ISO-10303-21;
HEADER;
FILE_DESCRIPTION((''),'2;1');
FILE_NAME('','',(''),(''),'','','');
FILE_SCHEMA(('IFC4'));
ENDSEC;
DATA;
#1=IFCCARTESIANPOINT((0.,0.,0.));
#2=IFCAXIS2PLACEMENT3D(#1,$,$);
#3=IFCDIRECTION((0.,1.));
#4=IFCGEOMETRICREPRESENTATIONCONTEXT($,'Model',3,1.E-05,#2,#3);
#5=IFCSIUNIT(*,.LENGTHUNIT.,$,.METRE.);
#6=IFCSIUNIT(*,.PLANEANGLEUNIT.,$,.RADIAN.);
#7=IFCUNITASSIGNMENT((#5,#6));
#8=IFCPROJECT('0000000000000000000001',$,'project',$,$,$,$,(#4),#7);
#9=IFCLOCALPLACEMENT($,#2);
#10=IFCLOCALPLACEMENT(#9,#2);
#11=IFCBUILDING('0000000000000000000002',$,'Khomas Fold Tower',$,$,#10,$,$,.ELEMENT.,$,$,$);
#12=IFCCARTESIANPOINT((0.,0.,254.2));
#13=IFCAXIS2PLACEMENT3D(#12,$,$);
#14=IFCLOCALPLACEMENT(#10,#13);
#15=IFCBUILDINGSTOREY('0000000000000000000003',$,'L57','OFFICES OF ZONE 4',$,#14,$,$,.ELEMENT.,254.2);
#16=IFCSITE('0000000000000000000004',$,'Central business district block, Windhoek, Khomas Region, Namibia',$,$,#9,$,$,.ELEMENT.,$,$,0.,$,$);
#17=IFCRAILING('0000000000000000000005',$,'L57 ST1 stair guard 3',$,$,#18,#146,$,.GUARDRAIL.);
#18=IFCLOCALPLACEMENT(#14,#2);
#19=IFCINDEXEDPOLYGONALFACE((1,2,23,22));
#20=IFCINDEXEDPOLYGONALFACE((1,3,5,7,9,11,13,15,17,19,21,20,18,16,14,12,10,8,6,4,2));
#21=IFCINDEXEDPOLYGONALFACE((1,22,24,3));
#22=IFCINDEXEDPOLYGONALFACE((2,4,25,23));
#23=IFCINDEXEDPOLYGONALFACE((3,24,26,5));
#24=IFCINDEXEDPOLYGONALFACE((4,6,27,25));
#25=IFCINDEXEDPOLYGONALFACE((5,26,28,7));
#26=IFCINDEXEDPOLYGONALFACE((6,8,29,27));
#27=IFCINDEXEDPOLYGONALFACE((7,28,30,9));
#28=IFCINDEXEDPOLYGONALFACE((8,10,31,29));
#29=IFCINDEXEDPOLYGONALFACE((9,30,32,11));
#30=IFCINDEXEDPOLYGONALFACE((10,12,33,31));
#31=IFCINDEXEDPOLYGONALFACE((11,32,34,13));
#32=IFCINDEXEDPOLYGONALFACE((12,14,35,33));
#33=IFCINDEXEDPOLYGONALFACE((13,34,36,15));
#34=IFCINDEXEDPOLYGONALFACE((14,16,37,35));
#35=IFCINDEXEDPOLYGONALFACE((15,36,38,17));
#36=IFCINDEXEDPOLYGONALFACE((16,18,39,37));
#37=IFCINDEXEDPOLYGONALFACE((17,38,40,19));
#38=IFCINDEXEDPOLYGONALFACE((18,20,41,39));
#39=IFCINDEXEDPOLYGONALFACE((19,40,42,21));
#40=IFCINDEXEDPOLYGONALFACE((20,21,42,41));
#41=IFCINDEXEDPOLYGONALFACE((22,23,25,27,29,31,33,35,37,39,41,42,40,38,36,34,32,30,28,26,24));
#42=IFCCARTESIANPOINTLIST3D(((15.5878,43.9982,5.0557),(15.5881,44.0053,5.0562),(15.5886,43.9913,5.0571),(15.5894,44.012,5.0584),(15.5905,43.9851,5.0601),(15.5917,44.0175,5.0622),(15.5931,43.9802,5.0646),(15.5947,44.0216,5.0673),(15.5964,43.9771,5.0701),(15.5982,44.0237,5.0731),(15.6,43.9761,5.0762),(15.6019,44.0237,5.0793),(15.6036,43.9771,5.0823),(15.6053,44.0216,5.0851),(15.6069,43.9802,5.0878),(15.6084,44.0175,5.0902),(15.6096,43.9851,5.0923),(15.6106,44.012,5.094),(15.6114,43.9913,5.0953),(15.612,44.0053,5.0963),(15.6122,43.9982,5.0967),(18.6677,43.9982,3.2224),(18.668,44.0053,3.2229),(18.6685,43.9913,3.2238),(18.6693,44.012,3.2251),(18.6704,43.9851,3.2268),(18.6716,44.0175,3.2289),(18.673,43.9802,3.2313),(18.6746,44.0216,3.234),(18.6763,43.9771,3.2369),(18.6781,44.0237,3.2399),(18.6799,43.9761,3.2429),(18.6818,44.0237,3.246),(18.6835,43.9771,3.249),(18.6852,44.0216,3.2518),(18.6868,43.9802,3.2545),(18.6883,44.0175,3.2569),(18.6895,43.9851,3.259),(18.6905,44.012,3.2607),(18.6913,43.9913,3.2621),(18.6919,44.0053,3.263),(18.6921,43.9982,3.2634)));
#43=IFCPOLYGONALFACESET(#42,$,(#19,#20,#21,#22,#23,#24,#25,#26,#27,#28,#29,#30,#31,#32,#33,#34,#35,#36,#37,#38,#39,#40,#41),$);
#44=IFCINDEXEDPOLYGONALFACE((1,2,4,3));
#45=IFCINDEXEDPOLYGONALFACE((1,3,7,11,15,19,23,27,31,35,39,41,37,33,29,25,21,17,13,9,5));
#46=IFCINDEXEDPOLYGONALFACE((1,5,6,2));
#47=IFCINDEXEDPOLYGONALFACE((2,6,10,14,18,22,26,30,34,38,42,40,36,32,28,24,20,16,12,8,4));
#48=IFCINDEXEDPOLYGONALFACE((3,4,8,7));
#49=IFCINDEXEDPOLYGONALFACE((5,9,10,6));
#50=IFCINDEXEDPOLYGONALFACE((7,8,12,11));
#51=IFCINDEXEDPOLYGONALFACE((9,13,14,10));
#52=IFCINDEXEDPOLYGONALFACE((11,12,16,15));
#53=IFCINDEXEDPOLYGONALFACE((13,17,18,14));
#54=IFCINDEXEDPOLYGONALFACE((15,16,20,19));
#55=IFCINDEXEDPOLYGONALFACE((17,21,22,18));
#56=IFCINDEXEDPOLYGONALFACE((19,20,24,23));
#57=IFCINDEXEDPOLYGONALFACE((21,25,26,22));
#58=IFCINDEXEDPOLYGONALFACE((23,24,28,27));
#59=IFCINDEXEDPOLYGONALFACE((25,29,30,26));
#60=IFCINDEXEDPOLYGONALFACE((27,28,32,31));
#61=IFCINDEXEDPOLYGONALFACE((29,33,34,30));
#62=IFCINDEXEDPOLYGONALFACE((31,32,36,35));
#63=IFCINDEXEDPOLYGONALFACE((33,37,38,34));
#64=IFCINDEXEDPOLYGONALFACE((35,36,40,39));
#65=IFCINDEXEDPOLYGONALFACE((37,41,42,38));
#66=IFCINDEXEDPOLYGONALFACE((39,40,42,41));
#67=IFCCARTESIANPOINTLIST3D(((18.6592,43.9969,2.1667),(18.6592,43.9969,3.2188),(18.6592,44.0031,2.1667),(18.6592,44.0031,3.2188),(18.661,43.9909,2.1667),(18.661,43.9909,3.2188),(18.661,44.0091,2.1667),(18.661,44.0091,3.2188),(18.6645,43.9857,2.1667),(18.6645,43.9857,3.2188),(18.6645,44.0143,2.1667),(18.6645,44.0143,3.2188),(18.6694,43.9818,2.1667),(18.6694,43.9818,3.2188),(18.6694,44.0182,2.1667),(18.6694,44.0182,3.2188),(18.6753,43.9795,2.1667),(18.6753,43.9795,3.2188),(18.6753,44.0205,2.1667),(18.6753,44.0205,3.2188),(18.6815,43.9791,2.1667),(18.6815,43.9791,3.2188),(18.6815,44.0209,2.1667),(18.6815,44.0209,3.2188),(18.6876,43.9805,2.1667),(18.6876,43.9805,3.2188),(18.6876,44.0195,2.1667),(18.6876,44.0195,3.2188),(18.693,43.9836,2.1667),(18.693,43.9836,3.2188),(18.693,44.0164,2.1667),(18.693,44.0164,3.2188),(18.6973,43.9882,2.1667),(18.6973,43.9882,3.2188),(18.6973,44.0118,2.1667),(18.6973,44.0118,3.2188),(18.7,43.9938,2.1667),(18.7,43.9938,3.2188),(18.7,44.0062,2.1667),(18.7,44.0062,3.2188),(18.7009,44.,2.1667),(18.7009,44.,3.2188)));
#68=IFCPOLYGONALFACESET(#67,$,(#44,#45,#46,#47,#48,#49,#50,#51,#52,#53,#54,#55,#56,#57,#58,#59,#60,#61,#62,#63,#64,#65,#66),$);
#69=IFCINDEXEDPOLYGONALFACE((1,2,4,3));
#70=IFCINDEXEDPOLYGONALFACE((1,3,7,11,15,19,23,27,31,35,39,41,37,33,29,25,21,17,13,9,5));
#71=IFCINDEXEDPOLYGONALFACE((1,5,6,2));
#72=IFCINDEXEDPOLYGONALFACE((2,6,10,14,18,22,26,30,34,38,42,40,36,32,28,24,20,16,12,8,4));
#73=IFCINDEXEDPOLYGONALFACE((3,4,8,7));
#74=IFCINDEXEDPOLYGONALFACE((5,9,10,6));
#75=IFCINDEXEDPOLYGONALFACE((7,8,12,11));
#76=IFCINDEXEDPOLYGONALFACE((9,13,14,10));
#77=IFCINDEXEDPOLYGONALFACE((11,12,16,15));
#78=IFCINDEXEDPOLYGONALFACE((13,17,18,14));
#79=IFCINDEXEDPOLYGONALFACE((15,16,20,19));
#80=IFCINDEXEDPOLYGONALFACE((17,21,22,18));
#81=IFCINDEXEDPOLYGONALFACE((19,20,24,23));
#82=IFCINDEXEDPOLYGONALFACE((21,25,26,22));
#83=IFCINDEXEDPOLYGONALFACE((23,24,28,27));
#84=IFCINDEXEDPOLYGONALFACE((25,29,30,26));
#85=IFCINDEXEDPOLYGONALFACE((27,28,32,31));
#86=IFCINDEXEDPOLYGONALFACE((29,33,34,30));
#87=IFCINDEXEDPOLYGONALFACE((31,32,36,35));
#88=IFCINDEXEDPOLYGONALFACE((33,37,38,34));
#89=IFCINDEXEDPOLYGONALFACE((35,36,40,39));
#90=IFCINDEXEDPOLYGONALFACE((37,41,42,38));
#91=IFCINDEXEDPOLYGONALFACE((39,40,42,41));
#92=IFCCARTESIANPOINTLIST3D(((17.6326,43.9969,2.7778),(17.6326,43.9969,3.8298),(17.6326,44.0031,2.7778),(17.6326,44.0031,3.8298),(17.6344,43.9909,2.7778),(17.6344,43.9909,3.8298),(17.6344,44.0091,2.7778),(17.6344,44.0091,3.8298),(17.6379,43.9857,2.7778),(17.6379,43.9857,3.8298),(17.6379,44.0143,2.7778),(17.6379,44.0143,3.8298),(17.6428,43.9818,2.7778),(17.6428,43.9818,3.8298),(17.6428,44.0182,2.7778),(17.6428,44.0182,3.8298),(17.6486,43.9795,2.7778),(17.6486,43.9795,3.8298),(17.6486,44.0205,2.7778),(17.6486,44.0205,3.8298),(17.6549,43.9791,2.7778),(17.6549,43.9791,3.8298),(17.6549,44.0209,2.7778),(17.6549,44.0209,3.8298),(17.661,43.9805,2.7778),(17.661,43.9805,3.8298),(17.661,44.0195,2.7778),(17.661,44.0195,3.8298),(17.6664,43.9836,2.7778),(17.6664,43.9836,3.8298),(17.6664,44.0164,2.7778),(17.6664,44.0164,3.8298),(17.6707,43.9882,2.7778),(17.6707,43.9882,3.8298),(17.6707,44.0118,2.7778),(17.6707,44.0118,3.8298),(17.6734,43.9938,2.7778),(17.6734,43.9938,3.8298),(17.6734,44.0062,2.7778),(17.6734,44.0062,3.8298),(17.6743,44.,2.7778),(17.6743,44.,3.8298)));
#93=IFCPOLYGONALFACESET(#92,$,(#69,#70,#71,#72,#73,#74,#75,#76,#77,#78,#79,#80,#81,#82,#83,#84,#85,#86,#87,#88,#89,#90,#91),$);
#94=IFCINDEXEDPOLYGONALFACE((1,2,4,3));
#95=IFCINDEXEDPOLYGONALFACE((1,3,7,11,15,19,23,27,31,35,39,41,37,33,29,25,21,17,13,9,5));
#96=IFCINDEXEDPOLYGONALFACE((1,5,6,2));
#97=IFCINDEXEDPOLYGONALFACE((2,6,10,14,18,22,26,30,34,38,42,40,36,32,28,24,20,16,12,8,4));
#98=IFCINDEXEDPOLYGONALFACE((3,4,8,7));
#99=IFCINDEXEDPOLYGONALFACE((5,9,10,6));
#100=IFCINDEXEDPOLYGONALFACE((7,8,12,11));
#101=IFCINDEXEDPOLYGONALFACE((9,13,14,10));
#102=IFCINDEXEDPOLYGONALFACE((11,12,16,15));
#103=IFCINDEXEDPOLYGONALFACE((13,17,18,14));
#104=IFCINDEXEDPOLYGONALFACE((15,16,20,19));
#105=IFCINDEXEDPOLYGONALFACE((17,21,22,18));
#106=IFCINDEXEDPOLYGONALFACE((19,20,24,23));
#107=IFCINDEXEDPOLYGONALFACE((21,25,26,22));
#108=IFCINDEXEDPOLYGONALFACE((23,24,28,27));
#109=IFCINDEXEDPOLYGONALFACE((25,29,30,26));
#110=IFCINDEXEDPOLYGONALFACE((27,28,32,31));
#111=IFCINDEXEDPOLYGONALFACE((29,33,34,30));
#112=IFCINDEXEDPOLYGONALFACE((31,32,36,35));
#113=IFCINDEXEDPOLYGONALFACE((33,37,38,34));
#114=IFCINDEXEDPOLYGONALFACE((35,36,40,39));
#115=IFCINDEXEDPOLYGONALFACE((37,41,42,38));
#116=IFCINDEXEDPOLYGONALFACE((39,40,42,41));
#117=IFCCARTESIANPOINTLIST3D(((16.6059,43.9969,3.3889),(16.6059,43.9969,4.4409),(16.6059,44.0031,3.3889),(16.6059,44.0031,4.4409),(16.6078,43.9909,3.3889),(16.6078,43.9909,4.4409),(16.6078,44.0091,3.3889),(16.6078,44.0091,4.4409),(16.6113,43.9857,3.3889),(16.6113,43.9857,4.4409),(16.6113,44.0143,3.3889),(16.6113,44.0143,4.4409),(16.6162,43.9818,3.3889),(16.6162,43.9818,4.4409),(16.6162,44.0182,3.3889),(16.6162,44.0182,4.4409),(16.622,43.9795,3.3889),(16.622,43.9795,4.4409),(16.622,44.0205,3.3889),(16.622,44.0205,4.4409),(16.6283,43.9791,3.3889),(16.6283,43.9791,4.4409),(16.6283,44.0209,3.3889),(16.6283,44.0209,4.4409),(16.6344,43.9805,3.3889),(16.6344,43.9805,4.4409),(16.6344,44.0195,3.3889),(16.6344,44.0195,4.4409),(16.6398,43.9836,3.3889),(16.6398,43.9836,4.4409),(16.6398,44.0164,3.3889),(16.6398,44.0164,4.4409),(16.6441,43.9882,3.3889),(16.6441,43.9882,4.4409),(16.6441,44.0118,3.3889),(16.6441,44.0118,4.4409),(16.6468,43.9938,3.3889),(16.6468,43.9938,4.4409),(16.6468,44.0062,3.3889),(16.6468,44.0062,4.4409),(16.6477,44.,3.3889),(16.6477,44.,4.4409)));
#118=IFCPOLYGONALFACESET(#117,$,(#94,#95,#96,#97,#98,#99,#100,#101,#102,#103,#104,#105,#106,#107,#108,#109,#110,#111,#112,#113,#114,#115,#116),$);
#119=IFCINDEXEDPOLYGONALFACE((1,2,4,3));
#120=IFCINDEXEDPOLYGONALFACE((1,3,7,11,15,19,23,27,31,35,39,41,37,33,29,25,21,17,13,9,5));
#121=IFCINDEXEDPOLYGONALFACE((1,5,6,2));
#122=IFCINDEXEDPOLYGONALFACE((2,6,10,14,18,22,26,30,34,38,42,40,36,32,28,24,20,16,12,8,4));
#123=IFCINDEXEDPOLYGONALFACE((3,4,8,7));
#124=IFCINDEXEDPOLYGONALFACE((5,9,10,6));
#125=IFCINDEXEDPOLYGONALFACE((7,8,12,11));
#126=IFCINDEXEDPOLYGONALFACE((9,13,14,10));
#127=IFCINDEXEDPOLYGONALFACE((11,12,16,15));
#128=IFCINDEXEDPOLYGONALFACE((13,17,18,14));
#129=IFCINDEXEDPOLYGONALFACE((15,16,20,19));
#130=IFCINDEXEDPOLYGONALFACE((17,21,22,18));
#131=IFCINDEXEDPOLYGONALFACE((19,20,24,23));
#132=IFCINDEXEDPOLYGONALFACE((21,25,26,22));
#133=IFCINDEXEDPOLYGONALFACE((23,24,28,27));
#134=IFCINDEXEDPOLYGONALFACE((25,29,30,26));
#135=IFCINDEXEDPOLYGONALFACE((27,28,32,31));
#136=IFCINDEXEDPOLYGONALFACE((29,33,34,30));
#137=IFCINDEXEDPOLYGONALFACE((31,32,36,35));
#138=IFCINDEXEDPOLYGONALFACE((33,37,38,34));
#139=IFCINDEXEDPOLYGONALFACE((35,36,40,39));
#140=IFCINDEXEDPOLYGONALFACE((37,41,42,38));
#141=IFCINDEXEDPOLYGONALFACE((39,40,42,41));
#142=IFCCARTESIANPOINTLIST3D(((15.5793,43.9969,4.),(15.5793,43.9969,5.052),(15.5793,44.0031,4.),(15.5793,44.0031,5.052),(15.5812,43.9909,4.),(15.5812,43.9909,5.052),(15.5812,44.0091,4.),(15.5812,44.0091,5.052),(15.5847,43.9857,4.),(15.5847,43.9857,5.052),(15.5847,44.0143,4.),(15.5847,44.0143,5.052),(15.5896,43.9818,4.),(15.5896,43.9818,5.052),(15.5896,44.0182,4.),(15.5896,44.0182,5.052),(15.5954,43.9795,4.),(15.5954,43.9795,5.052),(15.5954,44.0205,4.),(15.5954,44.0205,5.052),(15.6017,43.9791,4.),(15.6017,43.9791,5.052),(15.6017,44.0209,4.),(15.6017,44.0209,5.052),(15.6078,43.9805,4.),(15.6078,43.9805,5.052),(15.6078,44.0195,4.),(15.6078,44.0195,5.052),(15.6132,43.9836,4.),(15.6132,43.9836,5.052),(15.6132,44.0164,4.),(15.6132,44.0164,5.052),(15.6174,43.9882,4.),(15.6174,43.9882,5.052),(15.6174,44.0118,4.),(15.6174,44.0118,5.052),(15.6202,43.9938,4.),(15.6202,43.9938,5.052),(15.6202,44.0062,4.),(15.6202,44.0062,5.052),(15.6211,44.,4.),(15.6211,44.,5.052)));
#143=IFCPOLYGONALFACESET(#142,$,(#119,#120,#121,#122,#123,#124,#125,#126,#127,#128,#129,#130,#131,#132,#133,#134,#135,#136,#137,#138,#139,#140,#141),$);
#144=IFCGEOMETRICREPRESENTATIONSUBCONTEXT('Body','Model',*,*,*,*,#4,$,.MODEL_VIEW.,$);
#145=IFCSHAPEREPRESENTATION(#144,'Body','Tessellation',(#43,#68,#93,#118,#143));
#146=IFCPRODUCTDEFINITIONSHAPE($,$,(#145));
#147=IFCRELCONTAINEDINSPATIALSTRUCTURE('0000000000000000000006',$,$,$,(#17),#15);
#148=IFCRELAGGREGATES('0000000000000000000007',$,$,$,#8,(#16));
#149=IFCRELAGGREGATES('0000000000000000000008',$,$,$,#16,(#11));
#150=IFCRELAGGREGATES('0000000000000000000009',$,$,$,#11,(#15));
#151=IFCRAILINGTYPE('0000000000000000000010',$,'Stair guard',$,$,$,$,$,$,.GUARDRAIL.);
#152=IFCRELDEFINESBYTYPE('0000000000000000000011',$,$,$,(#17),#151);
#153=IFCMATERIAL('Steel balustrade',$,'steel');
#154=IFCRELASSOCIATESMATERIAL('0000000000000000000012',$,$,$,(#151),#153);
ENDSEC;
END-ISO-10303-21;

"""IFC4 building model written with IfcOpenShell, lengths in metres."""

from ifc_helpers import new_model, si_unit, direction, frame, origin, origin_2d, place, context, subcontext, project, spatial, circle, extrude, source, transform, mapped, material, type_object, element, save


model = new_model("IFC4")

# Units and contexts
model_context = context("Model", 3, precision=1e-05, world=origin(), true_north=direction((0.0, 1.0)))
body_context = subcontext(model_context, "Body", "Model", "MODEL_VIEW")
ifc_project = project(units=[si_unit("LENGTHUNIT", "METRE"), si_unit("PLANEANGLEUNIT", "RADIAN")], contexts=[model_context])

# Site, building, storey
site_placement = place(None, origin())
site = spatial("IfcSite", under=ifc_project, at=site_placement, Name="Central business district block, Windhoek, Khomas Region, Namibia", CompositionType="ELEMENT", RefElevation=0.0)
building_placement = place(site_placement, origin())
building = spatial("IfcBuilding", under=site, at=building_placement, Name="Khomas Fold Tower", CompositionType="ELEMENT")
storey_placement = place(building_placement, frame((0.0, 0.0, 254.2)))
storey = spatial("IfcBuildingStorey", under=building, at=storey_placement, Name="L57", Description="OFFICES OF ZONE 4", CompositionType="ELEMENT", Elevation=254.2)

# Railing
ifc_material_1 = material(Name="Steel balustrade", Category="steel")
railing_type_1 = type_object("IfcRailingType", Name="Stair guard", PredefinedType="GUARDRAIL", material=ifc_material_1)
shared_shape_1 = source(origin(), body_context, "Body", "SweptSolid", [
    extrude(circle(Radius=0.0239, at=origin_2d()), frame((0.0, 0.0, 1.0762), z_axis=(-0.859291, 0.0, 0.511487), x_axis=(0.0, -1.0, 0.0)), (0.0, 0.0, 1.0), 3.5842),
    extrude(circle(Radius=0.021, at=origin_2d()), origin(), (0.0, 0.0, 1.0), 1.052),
    extrude(circle(Radius=0.021, at=origin_2d()), frame((-1.0266, 0.0, 0.6111)), (0.0, 0.0, 1.0), 1.052),
    extrude(circle(Radius=0.021, at=origin_2d()), frame((-2.0532, 0.0, 1.2222)), (0.0, 0.0, 1.0), 1.052),
    extrude(circle(Radius=0.021, at=origin_2d()), frame((-3.0798, 0.0, 1.8333)), (0.0, 0.0, 1.0), 1.052),
])
railing_1_placement = place(storey_placement, frame((18.6799, 44.0, 2.1667)))
element("IfcRailing", 1, at=railing_1_placement, inside=storey, type_object=railing_type_1, Name="L57 ST1 stair guard 3", PredefinedType="GUARDRAIL", context=body_context, shape_type="MappedRepresentation", body=[
    mapped(shared_shape_1, transform((0.0, 0.0, 0.0))),
])

save(model, "model.ifc")
